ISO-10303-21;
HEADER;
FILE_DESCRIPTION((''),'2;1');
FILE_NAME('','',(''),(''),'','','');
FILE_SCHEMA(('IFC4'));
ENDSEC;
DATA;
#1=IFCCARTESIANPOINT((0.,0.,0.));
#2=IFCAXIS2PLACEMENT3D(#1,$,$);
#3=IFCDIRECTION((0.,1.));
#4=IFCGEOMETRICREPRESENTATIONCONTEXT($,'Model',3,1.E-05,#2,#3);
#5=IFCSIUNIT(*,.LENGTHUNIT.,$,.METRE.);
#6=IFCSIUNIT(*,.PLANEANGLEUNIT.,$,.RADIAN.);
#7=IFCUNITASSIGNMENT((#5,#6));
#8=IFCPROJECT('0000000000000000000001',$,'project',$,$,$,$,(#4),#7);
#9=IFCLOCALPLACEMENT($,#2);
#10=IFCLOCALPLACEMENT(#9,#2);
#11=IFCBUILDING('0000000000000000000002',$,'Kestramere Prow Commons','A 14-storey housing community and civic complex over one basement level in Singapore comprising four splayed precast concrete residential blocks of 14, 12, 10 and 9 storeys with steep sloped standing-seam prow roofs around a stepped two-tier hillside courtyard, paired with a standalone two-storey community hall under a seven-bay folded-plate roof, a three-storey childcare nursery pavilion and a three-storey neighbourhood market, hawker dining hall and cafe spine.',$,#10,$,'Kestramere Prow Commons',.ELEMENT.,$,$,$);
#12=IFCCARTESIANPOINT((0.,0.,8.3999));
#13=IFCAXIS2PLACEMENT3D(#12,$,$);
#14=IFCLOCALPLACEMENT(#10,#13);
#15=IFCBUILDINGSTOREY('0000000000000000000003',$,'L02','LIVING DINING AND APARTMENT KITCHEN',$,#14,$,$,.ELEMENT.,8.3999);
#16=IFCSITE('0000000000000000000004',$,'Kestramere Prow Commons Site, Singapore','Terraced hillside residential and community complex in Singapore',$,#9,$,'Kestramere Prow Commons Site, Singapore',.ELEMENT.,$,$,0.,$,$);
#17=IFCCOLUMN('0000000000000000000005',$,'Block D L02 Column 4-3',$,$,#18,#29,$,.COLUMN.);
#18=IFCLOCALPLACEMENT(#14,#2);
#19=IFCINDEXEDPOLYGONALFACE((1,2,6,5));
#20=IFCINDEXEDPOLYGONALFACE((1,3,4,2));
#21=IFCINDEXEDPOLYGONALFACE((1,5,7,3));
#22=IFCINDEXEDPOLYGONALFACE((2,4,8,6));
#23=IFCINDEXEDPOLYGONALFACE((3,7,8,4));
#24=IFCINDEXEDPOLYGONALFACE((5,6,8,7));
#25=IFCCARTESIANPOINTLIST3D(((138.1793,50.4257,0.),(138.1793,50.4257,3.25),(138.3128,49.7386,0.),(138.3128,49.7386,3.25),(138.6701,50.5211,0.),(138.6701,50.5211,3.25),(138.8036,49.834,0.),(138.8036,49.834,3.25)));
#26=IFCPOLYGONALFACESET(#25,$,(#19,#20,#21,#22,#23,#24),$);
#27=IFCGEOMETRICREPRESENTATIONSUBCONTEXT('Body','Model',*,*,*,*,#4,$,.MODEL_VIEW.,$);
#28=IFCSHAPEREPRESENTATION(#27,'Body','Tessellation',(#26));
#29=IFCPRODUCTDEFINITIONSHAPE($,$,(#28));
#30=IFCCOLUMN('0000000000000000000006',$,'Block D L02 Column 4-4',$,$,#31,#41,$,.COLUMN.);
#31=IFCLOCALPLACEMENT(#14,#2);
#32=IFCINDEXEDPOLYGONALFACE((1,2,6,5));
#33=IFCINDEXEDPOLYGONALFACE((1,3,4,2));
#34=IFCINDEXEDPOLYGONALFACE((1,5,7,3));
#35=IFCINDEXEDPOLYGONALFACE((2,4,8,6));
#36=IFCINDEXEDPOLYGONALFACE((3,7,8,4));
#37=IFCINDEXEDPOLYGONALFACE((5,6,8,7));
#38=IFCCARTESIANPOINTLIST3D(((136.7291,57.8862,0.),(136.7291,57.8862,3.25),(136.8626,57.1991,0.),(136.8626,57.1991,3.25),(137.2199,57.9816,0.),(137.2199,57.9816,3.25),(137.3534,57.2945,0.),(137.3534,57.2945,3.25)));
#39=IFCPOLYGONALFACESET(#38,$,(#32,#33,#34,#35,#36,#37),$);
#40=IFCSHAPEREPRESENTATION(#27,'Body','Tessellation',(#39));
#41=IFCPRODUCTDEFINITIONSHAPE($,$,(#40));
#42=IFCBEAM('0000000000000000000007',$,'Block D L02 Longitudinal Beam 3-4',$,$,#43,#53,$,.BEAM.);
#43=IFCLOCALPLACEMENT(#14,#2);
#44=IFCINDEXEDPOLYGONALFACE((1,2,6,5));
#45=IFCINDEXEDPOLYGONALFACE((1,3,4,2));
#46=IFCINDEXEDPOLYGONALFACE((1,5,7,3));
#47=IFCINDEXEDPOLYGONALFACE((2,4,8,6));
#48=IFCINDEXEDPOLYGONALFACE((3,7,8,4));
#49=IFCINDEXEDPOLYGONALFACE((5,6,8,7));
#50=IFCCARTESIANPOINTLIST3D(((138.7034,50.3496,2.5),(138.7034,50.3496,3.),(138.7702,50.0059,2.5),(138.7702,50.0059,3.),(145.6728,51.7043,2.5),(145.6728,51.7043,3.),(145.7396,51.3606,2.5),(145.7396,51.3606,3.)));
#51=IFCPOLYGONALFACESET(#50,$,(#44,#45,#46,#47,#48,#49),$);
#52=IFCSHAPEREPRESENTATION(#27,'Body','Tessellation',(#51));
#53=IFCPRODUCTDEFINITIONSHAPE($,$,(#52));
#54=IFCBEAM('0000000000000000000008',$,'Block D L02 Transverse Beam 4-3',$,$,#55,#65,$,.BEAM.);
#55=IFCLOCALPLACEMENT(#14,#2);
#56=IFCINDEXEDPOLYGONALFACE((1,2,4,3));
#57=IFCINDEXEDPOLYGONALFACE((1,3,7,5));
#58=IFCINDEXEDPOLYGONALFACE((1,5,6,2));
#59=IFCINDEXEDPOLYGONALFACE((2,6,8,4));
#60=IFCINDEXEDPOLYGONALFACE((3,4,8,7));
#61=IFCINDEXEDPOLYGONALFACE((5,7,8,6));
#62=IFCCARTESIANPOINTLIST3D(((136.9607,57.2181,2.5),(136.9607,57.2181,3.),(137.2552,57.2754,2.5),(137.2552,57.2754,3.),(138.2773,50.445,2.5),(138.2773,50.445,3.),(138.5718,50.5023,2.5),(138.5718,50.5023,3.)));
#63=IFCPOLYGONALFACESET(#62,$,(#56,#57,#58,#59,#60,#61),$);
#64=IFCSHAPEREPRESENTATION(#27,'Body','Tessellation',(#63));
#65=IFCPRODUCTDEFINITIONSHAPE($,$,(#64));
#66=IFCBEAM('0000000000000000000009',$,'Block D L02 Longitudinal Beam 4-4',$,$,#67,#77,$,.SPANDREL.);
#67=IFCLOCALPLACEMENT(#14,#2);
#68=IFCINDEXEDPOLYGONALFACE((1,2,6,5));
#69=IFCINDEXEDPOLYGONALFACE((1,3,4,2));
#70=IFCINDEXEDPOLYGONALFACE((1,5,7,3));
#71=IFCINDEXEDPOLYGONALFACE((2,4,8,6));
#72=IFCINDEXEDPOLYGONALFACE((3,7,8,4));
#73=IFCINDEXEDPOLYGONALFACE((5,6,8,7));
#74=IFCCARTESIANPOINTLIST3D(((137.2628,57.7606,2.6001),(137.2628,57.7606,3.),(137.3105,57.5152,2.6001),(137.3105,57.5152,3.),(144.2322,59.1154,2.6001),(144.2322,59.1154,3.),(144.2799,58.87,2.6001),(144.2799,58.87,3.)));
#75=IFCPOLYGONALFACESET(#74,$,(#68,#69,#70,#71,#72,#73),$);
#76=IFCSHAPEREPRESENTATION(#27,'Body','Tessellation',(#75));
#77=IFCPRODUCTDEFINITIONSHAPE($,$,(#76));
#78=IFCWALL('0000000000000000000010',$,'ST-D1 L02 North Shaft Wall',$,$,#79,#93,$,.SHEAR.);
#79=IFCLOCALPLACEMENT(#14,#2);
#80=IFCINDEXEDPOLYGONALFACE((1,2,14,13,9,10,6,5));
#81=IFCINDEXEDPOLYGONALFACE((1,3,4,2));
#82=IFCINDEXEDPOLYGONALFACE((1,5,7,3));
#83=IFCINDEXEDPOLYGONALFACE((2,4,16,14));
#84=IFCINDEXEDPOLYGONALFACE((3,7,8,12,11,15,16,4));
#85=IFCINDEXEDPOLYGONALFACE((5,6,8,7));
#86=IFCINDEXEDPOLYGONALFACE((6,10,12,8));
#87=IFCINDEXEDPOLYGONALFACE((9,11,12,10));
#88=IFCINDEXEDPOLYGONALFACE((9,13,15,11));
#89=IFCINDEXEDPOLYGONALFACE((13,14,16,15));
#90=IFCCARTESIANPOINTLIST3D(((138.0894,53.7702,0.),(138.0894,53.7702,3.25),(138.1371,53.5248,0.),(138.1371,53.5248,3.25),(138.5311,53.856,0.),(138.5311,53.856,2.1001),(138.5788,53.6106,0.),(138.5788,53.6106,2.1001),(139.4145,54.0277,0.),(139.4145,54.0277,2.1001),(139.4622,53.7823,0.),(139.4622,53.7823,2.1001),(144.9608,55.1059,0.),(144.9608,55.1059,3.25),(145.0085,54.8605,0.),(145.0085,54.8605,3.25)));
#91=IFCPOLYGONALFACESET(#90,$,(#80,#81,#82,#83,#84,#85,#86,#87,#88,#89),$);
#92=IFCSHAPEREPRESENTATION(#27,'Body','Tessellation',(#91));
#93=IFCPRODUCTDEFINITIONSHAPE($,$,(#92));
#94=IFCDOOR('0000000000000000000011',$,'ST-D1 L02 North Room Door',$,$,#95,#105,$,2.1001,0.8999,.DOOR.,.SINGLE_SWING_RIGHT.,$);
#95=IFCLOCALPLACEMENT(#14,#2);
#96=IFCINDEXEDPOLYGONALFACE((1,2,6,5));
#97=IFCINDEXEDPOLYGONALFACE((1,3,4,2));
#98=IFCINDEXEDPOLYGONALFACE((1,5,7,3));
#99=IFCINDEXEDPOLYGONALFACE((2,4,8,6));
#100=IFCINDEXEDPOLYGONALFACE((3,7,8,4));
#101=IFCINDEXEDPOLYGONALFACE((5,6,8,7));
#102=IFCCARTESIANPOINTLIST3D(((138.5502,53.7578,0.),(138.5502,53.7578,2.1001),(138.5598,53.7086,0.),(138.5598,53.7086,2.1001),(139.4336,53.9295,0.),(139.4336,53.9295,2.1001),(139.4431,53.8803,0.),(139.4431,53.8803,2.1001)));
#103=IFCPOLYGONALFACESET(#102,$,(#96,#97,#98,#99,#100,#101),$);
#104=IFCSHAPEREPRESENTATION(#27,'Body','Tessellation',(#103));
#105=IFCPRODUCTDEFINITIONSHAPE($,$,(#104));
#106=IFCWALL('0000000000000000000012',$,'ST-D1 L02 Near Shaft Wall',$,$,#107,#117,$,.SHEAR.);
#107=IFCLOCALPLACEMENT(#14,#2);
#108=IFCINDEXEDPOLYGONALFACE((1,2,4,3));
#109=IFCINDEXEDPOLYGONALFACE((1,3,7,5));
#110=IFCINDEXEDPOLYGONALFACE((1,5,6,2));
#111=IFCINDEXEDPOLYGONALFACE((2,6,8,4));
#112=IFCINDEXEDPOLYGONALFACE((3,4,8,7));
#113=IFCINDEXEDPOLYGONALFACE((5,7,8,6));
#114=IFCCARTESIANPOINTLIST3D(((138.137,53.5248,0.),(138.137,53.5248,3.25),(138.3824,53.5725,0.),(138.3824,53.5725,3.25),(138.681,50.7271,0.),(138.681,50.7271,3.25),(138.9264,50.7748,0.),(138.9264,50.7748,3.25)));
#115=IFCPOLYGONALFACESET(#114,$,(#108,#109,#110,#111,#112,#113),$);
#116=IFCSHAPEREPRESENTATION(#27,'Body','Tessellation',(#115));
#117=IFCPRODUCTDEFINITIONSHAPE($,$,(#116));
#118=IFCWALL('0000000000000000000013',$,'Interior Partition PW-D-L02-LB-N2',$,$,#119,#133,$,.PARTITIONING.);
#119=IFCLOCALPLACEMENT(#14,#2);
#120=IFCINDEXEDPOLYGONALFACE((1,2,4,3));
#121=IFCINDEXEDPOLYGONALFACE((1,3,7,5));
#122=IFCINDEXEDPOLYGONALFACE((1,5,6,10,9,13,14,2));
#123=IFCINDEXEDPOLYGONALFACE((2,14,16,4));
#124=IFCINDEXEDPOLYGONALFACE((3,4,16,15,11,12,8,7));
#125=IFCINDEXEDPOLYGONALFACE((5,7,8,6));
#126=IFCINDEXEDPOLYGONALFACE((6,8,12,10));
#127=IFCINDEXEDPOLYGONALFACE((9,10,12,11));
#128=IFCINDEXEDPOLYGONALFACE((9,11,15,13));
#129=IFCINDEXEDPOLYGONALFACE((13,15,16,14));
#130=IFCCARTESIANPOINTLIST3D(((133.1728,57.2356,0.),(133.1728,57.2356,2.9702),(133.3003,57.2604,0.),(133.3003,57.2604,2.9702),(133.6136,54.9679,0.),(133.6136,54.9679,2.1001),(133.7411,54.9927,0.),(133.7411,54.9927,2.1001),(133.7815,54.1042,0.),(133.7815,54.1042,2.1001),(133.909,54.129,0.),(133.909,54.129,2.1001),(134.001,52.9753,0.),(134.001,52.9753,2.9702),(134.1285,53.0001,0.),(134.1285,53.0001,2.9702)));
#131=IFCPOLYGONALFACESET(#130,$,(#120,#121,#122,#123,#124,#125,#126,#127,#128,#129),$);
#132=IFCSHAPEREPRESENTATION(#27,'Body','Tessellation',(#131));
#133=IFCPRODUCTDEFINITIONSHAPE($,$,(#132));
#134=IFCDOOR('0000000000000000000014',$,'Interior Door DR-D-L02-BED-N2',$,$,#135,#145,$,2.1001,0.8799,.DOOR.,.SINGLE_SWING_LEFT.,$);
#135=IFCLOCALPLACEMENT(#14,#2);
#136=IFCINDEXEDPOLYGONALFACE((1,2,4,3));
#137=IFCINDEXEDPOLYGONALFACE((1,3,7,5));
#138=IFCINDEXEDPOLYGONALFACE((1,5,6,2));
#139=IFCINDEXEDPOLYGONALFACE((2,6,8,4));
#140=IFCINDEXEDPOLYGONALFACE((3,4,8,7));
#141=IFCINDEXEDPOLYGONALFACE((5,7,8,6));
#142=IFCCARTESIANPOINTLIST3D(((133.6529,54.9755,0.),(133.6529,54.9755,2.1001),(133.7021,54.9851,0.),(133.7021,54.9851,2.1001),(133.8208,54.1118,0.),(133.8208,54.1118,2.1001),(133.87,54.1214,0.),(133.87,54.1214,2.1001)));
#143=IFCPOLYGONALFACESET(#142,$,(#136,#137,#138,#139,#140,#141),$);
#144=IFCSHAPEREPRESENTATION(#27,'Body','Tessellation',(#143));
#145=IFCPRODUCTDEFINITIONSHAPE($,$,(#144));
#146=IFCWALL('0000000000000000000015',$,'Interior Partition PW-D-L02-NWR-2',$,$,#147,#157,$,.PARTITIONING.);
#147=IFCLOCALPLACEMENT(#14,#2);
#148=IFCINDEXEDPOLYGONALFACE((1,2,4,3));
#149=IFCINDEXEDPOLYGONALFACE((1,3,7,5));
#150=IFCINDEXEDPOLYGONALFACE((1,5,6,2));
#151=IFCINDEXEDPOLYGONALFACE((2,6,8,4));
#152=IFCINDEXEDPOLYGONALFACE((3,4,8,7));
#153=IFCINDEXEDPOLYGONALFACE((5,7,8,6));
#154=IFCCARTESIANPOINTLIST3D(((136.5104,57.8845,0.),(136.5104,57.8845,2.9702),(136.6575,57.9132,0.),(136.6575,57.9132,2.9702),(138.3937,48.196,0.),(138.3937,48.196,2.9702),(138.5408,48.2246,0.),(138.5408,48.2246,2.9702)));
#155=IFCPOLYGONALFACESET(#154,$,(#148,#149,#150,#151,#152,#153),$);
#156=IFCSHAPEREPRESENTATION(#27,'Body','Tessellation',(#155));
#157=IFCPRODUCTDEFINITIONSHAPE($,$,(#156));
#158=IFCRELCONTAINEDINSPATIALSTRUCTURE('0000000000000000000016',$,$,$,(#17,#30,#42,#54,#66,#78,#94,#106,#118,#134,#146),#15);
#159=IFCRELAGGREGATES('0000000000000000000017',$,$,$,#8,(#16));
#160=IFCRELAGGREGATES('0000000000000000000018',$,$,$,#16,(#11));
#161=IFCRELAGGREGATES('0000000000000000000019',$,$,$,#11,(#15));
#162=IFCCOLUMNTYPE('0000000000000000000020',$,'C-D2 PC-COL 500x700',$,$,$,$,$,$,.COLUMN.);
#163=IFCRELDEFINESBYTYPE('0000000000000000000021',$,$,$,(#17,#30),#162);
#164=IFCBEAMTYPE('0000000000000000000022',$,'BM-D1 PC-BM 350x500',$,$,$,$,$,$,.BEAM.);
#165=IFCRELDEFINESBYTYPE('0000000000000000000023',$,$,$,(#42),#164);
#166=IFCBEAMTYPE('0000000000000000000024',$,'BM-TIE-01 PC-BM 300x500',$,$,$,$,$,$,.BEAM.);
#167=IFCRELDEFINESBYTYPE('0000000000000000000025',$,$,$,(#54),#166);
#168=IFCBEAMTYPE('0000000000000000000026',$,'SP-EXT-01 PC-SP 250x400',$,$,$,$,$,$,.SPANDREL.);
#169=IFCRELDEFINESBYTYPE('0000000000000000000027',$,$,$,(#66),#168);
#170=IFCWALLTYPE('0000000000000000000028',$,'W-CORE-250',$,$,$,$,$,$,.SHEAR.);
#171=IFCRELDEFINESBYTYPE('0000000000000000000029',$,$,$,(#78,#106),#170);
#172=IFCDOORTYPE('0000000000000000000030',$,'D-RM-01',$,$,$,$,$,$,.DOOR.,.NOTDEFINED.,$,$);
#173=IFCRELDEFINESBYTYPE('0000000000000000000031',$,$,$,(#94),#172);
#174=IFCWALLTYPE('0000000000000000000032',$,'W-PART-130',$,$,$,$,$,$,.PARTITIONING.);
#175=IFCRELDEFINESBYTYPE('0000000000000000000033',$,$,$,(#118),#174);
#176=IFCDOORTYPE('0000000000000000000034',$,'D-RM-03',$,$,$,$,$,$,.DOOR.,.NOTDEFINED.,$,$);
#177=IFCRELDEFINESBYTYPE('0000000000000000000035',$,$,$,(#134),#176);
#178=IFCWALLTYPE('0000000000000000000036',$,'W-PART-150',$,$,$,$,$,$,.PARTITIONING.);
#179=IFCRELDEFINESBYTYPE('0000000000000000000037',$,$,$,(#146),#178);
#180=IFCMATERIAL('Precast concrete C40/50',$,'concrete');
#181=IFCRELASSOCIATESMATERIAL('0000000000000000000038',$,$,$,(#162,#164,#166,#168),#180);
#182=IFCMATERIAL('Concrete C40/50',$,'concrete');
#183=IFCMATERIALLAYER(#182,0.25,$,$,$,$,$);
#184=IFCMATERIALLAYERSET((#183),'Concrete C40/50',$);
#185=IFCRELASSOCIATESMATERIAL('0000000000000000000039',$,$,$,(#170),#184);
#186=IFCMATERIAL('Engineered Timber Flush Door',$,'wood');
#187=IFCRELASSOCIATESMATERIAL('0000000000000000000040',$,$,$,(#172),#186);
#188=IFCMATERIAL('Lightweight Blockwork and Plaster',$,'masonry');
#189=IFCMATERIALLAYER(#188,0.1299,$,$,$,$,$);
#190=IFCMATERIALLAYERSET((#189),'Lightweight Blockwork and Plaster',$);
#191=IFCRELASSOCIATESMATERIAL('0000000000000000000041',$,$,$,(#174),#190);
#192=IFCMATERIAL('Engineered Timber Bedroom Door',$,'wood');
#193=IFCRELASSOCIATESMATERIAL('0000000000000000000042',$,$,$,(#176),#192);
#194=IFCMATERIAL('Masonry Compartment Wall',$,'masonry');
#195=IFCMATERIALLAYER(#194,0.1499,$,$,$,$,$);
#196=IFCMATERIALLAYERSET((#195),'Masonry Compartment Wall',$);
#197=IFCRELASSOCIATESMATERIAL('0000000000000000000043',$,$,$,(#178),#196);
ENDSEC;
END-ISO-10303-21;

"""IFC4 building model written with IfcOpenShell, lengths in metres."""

from ifc_helpers import new_model, si_unit, direction, frame, frame_2d, origin, origin_2d, place, context, subcontext, project, spatial, rectangle, extrude, material, layer, layer_set, material_profile, profile_set, type_object, element, fill, save


model = new_model("IFC4")

# Units and contexts
model_context = context("Model", 3, precision=1e-05, world=origin(), true_north=direction((0.0, 1.0)))
body_context = subcontext(model_context, "Body", "Model", "MODEL_VIEW")
ifc_project = project(units=[si_unit("LENGTHUNIT", "METRE"), si_unit("PLANEANGLEUNIT", "RADIAN")], contexts=[model_context])

# Site, building, storey
site_placement = place(None, origin())
site = spatial("IfcSite", under=ifc_project, at=site_placement, Name="Kestramere Prow Commons Site, Singapore", Description="Terraced hillside residential and community complex in Singapore", LongName="Kestramere Prow Commons Site, Singapore", CompositionType="ELEMENT", RefElevation=0.0)
building_placement = place(site_placement, origin())
building = spatial("IfcBuilding", under=site, at=building_placement, Name="Kestramere Prow Commons", Description="A 14-storey housing community and civic complex over one basement level in Singapore comprising four splayed precast concrete residential blocks of 14, 12, 10 and 9 storeys with steep sloped standing-seam prow roofs around a stepped two-tier hillside courtyard, paired with a standalone two-storey community hall under a seven-bay folded-plate roof, a three-storey childcare nursery pavilion and a three-storey neighbourhood market, hawker dining hall and cafe spine.", LongName="Kestramere Prow Commons", CompositionType="ELEMENT")
storey_placement = place(building_placement, frame((0.0, 0.0, 8.3999)))
storey = spatial("IfcBuildingStorey", under=building, at=storey_placement, Name="L02", Description="LIVING DINING AND APARTMENT KITCHEN", CompositionType="ELEMENT", Elevation=8.3999)

# Columns
ifc_material_1 = material(Name="Precast concrete C40/50", Category="concrete")
ifc_material_profile_1 = material_profile(ifc_material_1, rectangle(XDim=0.5, YDim=0.7, at=origin_2d()), Name="PC-COL 500x700")
ifc_profile_set_1 = profile_set([ifc_material_profile_1], Name="Precast concrete C40/50")
column_type = type_object("IfcColumnType", Name="C-D2 PC-COL 500x700", PredefinedType="COLUMN", material=ifc_profile_set_1)
for number, where, z_axis, x_axis, name in (
    (1, (138.4915, 50.1299, 0.0), (0.0, 0.0, 1.0), (0.981627, 0.190809, 0.0), "Block D L02 Column 4-3"),
    (2, (137.0413, 57.5903, 0.0), (0.0, 0.0, 1.0), (0.981627, 0.190809, 0.0), "Block D L02 Column 4-4"),
):
    element("IfcColumn", number, at=place(storey_placement, frame(where, z_axis=z_axis, x_axis=x_axis)), inside=storey, type_object=column_type, Name=name, PredefinedType="COLUMN", context=body_context, shape_type="SweptSolid", body=[
        extrude(rectangle(XDim=0.5, YDim=0.7, at=origin_2d()), origin(), (0.0, 0.0, 1.0), 3.25),
    ])

# Beams
ifc_material_profile_2 = material_profile(ifc_material_1, rectangle(XDim=0.3501, YDim=0.5, at=origin_2d()), Name="PC-BM 350x500")
ifc_profile_set_2 = profile_set([ifc_material_profile_2], Name="Precast concrete C40/50")
beam_type_1 = type_object("IfcBeamType", Name="BM-D1 PC-BM 350x500", PredefinedType="BEAM", material=ifc_profile_set_2)
beam_1_placement = place(storey_placement, frame((138.7368, 50.1777, 2.75), z_axis=(0.981627, 0.19081, 0.0), x_axis=(-0.19081, 0.981627, 0.0)))
element("IfcBeam", 3, at=beam_1_placement, inside=storey, type_object=beam_type_1, Name="Block D L02 Longitudinal Beam 3-4", PredefinedType="BEAM", context=body_context, shape_type="SweptSolid", body=[
    extrude(rectangle(XDim=0.3501, YDim=0.5, at=origin_2d()), origin(), (0.0, 0.0, 1.0), 7.0999),
])
ifc_material_profile_3 = material_profile(ifc_material_1, rectangle(XDim=0.3, YDim=0.5, at=origin_2d()), Name="PC-BM 300x500")
ifc_profile_set_3 = profile_set([ifc_material_profile_3], Name="Precast concrete C40/50")
beam_type_2 = type_object("IfcBeamType", Name="BM-TIE-01 PC-BM 300x500", PredefinedType="BEAM", material=ifc_profile_set_3)
beam_2_placement = place(storey_placement, frame((138.4246, 50.4736, 2.75), z_axis=(-0.190819, 0.981625, 0.0), x_axis=(-0.981625, -0.190819, 0.0)))
element("IfcBeam", 4, at=beam_2_placement, inside=storey, type_object=beam_type_2, Name="Block D L02 Transverse Beam 4-3", PredefinedType="BEAM", context=body_context, shape_type="SweptSolid", body=[
    extrude(rectangle(XDim=0.3, YDim=0.5, at=origin_2d()), origin(), (0.0, 0.0, 1.0), 6.8999),
])
ifc_material_profile_4 = material_profile(ifc_material_1, rectangle(XDim=0.25, YDim=0.3999, at=origin_2d()), Name="PC-SP 250x400")
ifc_profile_set_4 = profile_set([ifc_material_profile_4], Name="Precast concrete C40/50")
beam_type_3 = type_object("IfcBeamType", Name="SP-EXT-01 PC-SP 250x400", PredefinedType="SPANDREL", material=ifc_profile_set_4)
beam_3_placement = place(storey_placement, frame((137.2866, 57.6379, 2.8), z_axis=(0.981627, 0.19081, 0.0), x_axis=(-0.19081, 0.981627, 0.0)))
element("IfcBeam", 5, at=beam_3_placement, inside=storey, type_object=beam_type_3, Name="Block D L02 Longitudinal Beam 4-4", PredefinedType="SPANDREL", context=body_context, shape_type="SweptSolid", body=[
    extrude(rectangle(XDim=0.25, YDim=0.3999, at=origin_2d()), origin(), (0.0, 0.0, 1.0), 7.0999),
])

# Wall, opening, door
ifc_material_2 = material(Name="Concrete C40/50", Category="concrete")
ifc_layer_1 = layer(ifc_material_2, 0.25)
ifc_layer_set_1 = layer_set([ifc_layer_1], Name="Concrete C40/50")
wall_type_1 = type_object("IfcWallType", Name="W-CORE-250", PredefinedType="SHEAR", material=ifc_layer_set_1)
wall_1_placement = place(storey_placement, frame((138.1133, 53.6475, 0.0), z_axis=(0.0, 0.0, 1.0), x_axis=(0.981626, 0.190815, 0.0)))
wall_1 = element("IfcWall", 6, at=wall_1_placement, inside=storey, type_object=wall_type_1, Name="ST-D1 L02 North Shaft Wall", PredefinedType="SHEAR", context=body_context, shape_type="SweptSolid", body=[
    extrude(rectangle(XDim=7.0, YDim=0.25, at=frame_2d((3.5, 0.0))), origin(), (0.0, 0.0, 1.0), 3.25),
])
opening_1_placement = place(wall_1_placement, frame((0.45, 0.0, 0.0)))
opening_1 = element("IfcOpeningElement", 7, at=opening_1_placement, cuts=wall_1, PredefinedType="OPENING", context=body_context, shape_type="SweptSolid", body=[
    extrude(rectangle(XDim=0.8999, YDim=2.1001, at=frame_2d((0.45, 1.05))), frame((0.0, 0.1399, 0.0), z_axis=(0.0, -1.0, 0.0), x_axis=(1.0, 0.0, 0.0)), (0.0, 0.0, 1.0), 0.28),
])
ifc_material_3 = material(Name="Engineered Timber Flush Door", Category="wood")
door_type_1 = type_object("IfcDoorType", Name="D-RM-01", OperationType="NOTDEFINED", PredefinedType="DOOR", material=ifc_material_3)
door_1_placement = place(opening_1_placement, origin())
door_1 = element("IfcDoor", 8, at=door_1_placement, inside=storey, type_object=door_type_1, Name="ST-D1 L02 North Room Door", OperationType="SINGLE_SWING_RIGHT", OverallHeight=2.1001, OverallWidth=0.8999, PredefinedType="DOOR", context=body_context, shape_type="SweptSolid", body=[
    extrude(rectangle(XDim=0.8999, YDim=2.1001, at=frame_2d((0.45, 1.05))), frame((0.0, 0.0249, 0.0), z_axis=(0.0, -1.0, 0.0), x_axis=(1.0, 0.0, 0.0)), (0.0, 0.0, 1.0), 0.05),
])
fill(opening_1, door_1)

# Wall
wall_2_placement = place(storey_placement, frame((138.8037, 50.751, 0.0), z_axis=(0.0, 0.0, 1.0), x_axis=(-0.190858, 0.981618, 0.0)))
element("IfcWall", 9, at=wall_2_placement, inside=storey, type_object=wall_type_1, Name="ST-D1 L02 Near Shaft Wall", PredefinedType="SHEAR", context=body_context, shape_type="SweptSolid", body=[
    extrude(rectangle(XDim=2.8501, YDim=0.25, at=frame_2d((1.425, 0.0))), origin(), (0.0, 0.0, 1.0), 3.25),
])

# Wall, opening, door
ifc_material_4 = material(Name="Lightweight Blockwork and Plaster", Category="masonry")
ifc_layer_2 = layer(ifc_material_4, 0.1299)
ifc_layer_set_2 = layer_set([ifc_layer_2], Name="Lightweight Blockwork and Plaster")
wall_type_2 = type_object("IfcWallType", Name="W-PART-130", PredefinedType="PARTITIONING", material=ifc_layer_set_2)
wall_3_placement = place(storey_placement, frame((134.0647, 52.9878, 0.0), z_axis=(0.0, 0.0, 1.0), x_axis=(-0.190812, 0.981627, 0.0)))
wall_3 = element("IfcWall", 10, at=wall_3_placement, inside=storey, type_object=wall_type_2, Name="Interior Partition PW-D-L02-LB-N2", PredefinedType="PARTITIONING", context=body_context, shape_type="SweptSolid", body=[
    extrude(rectangle(XDim=4.3401, YDim=0.1299, at=frame_2d((2.1699, 0.0))), origin(), (0.0, 0.0, 1.0), 2.9702),
])
opening_2_placement = place(wall_3_placement, frame((1.1499, 0.0, 0.0)))
opening_2 = element("IfcOpeningElement", 11, at=opening_2_placement, cuts=wall_3, PredefinedType="OPENING", context=body_context, shape_type="SweptSolid", body=[
    extrude(rectangle(XDim=0.8799, YDim=2.1001, at=frame_2d((0.4399, 1.05))), frame((0.0, 0.0798, 0.0), z_axis=(0.0, -1.0, 0.0), x_axis=(1.0, 0.0, 0.0)), (0.0, 0.0, 1.0), 0.1599),
])
ifc_material_5 = material(Name="Engineered Timber Bedroom Door", Category="wood")
door_type_2 = type_object("IfcDoorType", Name="D-RM-03", OperationType="NOTDEFINED", PredefinedType="DOOR", material=ifc_material_5)
door_2_placement = place(opening_2_placement, origin())
door_2 = element("IfcDoor", 12, at=door_2_placement, inside=storey, type_object=door_type_2, Name="Interior Door DR-D-L02-BED-N2", OperationType="SINGLE_SWING_LEFT", OverallHeight=2.1001, OverallWidth=0.8799, PredefinedType="DOOR", context=body_context, shape_type="SweptSolid", body=[
    extrude(rectangle(XDim=0.8799, YDim=2.1001, at=frame_2d((0.4399, 1.05))), frame((0.0, 0.0249, 0.0), z_axis=(0.0, -1.0, 0.0), x_axis=(1.0, 0.0, 0.0)), (0.0, 0.0, 1.0), 0.05),
])
fill(opening_2, door_2)

# Wall
ifc_material_6 = material(Name="Masonry Compartment Wall", Category="masonry")
ifc_layer_3 = layer(ifc_material_6, 0.1499)
ifc_layer_set_3 = layer_set([ifc_layer_3], Name="Masonry Compartment Wall")
wall_type_3 = type_object("IfcWallType", Name="W-PART-150", PredefinedType="PARTITIONING", material=ifc_layer_set_3)
wall_4_placement = place(storey_placement, frame((138.4673, 48.2102, 0.0), z_axis=(0.0, 0.0, 1.0), x_axis=(-0.190814, 0.981626, 0.0)))
element("IfcWall", 13, at=wall_4_placement, inside=storey, type_object=wall_type_3, Name="Interior Partition PW-D-L02-NWR-2", PredefinedType="PARTITIONING", context=body_context, shape_type="SweptSolid", body=[
    extrude(rectangle(XDim=9.8699, YDim=0.1499, at=frame_2d((4.9351, 0.0))), origin(), (0.0, 0.0, 1.0), 2.9702),
])

save(model, "model.ifc")
